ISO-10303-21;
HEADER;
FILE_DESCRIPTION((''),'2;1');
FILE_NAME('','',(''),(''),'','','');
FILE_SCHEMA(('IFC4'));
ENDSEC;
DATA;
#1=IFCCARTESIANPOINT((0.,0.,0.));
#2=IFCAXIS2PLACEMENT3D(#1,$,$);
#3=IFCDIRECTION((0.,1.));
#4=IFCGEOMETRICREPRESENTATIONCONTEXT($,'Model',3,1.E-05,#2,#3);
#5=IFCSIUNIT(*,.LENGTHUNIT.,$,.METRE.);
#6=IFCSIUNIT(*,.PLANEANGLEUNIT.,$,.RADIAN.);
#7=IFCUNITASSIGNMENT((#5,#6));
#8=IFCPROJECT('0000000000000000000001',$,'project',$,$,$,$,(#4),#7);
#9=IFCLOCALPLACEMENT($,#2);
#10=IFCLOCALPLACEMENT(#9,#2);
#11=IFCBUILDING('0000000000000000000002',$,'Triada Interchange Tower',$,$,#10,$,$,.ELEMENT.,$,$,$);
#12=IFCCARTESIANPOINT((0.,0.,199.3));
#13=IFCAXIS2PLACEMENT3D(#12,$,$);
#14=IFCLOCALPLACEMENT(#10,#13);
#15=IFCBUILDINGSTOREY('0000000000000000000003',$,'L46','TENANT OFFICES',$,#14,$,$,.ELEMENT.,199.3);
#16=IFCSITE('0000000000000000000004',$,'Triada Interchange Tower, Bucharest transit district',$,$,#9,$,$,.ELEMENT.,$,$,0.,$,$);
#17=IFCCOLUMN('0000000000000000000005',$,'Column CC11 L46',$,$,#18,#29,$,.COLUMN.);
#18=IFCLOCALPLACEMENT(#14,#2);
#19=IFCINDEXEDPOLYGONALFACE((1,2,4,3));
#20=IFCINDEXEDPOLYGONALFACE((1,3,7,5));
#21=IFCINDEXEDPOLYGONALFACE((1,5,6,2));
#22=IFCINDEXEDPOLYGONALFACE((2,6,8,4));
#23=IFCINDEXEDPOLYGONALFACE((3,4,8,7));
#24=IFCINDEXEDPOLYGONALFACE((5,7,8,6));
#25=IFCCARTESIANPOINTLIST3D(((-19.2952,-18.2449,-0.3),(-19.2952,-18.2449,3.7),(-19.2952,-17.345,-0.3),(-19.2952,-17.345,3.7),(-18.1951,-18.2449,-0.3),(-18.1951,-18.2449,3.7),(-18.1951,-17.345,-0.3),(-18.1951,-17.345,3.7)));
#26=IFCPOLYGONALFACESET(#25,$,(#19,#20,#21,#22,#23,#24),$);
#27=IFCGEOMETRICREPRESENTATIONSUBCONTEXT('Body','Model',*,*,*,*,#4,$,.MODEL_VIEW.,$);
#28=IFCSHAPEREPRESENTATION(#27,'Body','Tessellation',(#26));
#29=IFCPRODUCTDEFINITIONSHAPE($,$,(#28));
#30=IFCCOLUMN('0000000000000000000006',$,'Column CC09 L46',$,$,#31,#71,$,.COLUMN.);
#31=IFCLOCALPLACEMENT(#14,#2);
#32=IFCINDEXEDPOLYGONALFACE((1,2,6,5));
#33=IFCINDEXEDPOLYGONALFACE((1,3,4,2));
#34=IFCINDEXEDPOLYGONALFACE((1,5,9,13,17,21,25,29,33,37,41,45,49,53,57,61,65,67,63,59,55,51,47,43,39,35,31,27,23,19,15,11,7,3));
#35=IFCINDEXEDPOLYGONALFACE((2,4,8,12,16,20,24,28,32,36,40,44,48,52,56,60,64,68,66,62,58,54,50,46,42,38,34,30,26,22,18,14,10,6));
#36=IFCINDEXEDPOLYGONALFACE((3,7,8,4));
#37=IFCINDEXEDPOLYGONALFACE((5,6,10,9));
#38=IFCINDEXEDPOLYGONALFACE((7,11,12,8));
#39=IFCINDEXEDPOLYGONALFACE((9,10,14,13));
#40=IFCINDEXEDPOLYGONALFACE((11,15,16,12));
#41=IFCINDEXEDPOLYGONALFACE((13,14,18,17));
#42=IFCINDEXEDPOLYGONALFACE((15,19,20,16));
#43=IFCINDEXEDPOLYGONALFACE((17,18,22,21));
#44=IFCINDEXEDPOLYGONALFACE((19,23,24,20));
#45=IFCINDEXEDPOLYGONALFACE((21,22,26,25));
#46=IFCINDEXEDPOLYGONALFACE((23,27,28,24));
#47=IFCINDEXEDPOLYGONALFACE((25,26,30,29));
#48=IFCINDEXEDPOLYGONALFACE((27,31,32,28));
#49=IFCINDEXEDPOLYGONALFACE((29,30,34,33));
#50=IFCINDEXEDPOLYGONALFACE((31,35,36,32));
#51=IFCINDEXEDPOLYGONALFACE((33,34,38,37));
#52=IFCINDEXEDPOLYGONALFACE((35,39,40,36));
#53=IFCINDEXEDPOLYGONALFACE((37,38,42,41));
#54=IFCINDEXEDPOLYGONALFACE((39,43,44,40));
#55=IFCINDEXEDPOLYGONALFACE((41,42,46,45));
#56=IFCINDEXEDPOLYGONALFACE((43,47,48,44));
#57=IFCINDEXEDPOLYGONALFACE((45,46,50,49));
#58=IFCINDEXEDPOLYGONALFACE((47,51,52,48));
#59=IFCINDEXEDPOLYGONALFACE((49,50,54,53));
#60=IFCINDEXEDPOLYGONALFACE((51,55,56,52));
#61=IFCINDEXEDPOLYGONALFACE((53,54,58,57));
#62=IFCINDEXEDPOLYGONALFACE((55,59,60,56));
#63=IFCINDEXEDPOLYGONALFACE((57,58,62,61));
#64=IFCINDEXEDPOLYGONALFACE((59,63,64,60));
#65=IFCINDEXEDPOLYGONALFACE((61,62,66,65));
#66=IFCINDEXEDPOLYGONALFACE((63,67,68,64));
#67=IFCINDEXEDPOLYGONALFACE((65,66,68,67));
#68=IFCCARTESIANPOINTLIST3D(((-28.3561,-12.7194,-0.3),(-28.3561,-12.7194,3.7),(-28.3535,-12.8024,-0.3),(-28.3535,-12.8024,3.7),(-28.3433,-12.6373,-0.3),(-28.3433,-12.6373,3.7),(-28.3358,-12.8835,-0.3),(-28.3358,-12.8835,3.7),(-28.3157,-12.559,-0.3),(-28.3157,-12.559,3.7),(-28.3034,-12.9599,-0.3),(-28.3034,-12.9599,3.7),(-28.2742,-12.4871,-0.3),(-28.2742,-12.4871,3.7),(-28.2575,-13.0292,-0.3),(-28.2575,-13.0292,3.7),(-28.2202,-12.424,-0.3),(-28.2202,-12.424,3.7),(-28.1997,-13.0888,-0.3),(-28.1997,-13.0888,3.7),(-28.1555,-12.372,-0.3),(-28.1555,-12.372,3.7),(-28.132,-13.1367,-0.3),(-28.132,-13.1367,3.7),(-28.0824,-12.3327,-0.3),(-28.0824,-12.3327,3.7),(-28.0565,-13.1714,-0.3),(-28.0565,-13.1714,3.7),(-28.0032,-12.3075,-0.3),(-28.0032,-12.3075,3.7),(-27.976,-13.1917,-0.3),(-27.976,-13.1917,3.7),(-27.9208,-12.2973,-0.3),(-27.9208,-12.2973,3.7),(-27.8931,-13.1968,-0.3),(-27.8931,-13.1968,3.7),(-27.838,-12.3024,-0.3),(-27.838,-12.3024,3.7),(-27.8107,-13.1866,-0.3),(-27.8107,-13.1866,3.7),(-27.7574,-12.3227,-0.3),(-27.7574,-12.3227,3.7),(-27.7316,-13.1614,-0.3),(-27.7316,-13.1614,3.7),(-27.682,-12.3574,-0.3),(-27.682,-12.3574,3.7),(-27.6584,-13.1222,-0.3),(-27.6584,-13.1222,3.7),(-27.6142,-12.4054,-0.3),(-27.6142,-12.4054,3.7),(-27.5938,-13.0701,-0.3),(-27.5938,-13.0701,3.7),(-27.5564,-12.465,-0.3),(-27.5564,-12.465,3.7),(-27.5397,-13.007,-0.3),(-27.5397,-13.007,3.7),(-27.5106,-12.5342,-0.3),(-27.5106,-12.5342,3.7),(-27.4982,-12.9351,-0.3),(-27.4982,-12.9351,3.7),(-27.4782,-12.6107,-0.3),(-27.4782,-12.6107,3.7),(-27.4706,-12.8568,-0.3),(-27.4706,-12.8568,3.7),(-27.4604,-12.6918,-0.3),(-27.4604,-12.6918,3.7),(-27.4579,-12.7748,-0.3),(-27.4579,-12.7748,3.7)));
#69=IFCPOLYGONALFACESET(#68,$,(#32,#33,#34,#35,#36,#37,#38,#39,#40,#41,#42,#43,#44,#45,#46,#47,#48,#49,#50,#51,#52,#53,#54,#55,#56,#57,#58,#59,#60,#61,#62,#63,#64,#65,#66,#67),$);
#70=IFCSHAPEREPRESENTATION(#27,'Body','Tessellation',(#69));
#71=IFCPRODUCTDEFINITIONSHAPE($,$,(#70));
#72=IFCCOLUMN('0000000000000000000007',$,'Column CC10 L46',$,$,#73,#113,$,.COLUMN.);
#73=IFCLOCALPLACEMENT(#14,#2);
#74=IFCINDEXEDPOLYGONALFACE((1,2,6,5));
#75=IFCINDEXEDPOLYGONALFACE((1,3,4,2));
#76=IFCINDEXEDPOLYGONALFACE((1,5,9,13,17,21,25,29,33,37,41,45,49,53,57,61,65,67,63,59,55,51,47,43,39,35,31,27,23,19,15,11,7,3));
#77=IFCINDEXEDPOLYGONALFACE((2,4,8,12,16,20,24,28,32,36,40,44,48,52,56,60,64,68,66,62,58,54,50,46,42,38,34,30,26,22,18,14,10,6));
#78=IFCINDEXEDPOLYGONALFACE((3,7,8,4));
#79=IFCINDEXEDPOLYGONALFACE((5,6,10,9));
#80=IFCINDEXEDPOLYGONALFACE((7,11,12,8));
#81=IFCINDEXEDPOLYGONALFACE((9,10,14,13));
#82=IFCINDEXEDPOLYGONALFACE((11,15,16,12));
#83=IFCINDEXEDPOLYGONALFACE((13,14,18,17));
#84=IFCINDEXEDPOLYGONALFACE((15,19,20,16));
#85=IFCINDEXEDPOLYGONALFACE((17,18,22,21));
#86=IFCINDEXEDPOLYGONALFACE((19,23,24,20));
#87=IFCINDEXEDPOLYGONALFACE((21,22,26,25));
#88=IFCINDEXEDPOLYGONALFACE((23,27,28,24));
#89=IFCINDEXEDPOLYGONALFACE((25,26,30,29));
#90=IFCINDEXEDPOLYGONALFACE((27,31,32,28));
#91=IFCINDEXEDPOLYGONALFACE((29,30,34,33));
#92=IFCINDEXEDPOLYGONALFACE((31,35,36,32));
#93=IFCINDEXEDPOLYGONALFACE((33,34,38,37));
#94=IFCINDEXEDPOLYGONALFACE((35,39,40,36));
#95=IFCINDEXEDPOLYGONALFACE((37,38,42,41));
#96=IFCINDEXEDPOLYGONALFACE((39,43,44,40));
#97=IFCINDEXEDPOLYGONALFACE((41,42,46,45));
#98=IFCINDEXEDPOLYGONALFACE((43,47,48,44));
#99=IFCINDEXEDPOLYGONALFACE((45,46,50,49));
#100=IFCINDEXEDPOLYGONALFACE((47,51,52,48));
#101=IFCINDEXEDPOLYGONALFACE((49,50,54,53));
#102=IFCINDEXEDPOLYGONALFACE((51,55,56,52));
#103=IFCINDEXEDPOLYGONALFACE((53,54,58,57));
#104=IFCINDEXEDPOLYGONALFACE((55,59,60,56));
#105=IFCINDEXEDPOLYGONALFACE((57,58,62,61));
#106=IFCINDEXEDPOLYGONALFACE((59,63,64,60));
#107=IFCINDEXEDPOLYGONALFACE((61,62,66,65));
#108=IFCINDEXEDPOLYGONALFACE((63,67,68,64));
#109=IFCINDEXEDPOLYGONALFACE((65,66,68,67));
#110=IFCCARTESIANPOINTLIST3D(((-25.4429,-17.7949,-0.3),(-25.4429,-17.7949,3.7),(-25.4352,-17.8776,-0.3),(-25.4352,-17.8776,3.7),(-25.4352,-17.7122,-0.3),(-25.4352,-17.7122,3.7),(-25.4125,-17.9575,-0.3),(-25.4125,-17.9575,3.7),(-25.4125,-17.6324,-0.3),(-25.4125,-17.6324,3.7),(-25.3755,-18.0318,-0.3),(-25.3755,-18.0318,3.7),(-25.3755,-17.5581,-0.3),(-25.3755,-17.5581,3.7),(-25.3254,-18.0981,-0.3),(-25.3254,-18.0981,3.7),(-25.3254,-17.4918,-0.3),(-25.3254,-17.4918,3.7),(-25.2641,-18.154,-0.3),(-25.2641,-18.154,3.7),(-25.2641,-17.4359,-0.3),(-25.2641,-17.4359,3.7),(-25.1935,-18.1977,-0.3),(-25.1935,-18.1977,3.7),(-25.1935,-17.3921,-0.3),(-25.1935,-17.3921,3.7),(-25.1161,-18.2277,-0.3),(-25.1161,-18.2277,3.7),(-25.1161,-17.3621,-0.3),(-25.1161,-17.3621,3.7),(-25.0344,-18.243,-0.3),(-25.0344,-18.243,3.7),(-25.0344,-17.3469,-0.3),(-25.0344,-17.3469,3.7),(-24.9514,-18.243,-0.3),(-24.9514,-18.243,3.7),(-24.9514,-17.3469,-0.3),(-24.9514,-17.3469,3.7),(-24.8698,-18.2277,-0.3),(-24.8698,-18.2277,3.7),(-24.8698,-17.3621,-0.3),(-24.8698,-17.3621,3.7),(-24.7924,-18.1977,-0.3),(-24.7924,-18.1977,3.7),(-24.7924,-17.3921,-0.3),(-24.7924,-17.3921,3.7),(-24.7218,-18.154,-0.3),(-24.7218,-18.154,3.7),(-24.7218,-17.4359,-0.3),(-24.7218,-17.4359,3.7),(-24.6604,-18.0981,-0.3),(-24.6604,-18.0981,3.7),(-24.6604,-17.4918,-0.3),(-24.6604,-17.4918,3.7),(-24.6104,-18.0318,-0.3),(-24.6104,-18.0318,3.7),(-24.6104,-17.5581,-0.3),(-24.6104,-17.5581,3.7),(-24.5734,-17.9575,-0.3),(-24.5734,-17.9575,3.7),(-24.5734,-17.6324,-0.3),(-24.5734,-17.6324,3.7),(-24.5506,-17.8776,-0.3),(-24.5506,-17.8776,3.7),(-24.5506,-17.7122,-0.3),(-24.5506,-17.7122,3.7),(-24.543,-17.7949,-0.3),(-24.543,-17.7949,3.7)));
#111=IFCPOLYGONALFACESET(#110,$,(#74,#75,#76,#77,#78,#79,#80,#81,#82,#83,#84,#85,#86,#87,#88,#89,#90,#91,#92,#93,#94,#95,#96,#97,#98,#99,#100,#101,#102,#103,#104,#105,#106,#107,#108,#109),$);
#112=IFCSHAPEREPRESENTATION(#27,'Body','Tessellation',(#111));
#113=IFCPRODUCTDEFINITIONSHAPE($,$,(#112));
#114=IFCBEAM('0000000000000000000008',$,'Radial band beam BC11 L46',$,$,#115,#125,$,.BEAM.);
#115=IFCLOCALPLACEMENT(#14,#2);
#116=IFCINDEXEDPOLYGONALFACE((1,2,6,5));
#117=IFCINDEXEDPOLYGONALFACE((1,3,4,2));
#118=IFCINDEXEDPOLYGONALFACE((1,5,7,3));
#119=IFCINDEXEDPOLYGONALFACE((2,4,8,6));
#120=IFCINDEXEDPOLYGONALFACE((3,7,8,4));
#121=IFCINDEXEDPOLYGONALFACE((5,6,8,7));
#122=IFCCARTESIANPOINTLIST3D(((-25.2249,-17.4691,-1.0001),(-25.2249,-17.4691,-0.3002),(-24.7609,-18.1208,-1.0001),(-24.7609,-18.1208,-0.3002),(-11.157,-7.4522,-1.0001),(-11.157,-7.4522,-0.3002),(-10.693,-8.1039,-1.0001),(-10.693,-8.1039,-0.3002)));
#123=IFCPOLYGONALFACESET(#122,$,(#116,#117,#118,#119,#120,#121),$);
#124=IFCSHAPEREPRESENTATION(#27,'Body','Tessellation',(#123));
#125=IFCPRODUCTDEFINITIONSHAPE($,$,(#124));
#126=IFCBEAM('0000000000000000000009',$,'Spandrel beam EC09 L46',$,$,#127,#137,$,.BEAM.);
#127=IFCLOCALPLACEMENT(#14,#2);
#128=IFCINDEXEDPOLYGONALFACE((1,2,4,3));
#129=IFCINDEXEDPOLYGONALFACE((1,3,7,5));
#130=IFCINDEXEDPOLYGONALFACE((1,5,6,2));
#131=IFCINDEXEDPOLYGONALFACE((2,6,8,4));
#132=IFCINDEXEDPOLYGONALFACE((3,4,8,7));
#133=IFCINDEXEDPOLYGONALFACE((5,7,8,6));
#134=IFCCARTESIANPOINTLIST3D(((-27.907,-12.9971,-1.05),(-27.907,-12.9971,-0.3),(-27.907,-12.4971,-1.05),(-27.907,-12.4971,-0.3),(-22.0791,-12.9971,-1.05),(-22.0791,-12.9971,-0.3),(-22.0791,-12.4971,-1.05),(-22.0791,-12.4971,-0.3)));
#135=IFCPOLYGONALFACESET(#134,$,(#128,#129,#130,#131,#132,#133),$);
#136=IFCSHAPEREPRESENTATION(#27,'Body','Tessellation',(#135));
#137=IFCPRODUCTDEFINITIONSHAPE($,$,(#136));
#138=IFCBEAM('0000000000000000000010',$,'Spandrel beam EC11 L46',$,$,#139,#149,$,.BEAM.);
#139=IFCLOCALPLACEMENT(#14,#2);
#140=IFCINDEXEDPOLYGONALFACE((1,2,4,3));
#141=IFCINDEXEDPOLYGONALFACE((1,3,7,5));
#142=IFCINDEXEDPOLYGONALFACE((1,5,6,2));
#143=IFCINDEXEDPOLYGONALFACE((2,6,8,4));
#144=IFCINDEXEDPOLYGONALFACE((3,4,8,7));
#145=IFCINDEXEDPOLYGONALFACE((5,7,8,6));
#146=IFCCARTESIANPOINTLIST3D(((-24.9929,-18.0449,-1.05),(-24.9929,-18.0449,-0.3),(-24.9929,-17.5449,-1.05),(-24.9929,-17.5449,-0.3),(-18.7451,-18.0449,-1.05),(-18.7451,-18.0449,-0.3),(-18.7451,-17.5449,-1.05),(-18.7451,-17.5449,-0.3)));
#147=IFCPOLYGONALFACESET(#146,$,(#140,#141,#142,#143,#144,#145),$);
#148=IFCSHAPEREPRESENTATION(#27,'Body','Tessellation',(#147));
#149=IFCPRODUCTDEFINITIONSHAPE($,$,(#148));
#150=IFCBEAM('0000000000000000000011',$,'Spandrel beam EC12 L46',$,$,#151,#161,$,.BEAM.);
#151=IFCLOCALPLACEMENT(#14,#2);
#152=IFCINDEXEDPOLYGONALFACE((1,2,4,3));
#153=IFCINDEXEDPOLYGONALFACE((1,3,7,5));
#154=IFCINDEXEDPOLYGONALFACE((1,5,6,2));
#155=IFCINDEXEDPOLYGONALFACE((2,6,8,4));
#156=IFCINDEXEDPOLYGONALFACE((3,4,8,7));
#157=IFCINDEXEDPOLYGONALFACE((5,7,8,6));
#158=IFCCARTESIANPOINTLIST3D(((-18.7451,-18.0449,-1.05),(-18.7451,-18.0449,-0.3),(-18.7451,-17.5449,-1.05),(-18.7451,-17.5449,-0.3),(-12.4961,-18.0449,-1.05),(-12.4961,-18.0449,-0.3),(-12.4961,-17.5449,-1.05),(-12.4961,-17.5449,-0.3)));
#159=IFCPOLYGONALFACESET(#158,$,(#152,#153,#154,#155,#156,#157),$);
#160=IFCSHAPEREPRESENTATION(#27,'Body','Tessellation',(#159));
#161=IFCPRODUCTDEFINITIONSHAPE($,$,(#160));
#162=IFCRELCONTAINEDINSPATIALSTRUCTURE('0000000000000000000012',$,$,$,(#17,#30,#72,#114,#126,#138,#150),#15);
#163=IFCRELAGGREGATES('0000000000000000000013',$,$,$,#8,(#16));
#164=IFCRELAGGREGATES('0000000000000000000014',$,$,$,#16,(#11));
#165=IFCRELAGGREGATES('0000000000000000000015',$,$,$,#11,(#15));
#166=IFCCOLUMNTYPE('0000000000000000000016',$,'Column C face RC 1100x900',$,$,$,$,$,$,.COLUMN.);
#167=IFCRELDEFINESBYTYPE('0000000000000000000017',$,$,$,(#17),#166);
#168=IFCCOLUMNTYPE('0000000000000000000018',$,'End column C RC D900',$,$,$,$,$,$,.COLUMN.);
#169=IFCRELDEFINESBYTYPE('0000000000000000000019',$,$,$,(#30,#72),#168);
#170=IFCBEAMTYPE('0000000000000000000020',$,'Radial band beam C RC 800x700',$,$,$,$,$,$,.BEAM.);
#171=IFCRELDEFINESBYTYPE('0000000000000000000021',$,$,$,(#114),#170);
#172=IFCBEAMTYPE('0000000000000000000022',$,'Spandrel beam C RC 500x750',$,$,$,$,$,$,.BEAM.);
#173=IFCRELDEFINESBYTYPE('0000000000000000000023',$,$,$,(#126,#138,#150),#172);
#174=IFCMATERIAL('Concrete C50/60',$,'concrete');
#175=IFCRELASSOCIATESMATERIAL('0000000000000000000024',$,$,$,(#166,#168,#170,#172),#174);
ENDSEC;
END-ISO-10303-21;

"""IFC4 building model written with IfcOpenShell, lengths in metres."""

from ifc_helpers import new_model, si_unit, direction, frame, origin, origin_2d, place, context, subcontext, project, spatial, rectangle, circle, extrude, material, material_profile, profile_set, type_object, element, save


model = new_model("IFC4")

# Units and contexts
model_context = context("Model", 3, precision=1e-05, world=origin(), true_north=direction((0.0, 1.0)))
body_context = subcontext(model_context, "Body", "Model", "MODEL_VIEW")
ifc_project = project(units=[si_unit("LENGTHUNIT", "METRE"), si_unit("PLANEANGLEUNIT", "RADIAN")], contexts=[model_context])

# Site, building, storey
site_placement = place(None, origin())
site = spatial("IfcSite", under=ifc_project, at=site_placement, Name="Triada Interchange Tower, Bucharest transit district", CompositionType="ELEMENT", RefElevation=0.0)
building_placement = place(site_placement, origin())
building = spatial("IfcBuilding", under=site, at=building_placement, Name="Triada Interchange Tower", CompositionType="ELEMENT")
storey_placement = place(building_placement, frame((0.0, 0.0, 199.3)))
storey = spatial("IfcBuildingStorey", under=building, at=storey_placement, Name="L46", Description="TENANT OFFICES", CompositionType="ELEMENT", Elevation=199.3)

# Columns
ifc_material_1 = material(Name="Concrete C50/60", Category="concrete")
ifc_material_profile_1 = material_profile(ifc_material_1, rectangle(XDim=1.1001, YDim=0.8999, at=origin_2d()), Name="RC 1100x900")
ifc_profile_set_1 = profile_set([ifc_material_profile_1], Name="Concrete C50/60")
column_type_1 = type_object("IfcColumnType", Name="Column C face RC 1100x900", PredefinedType="COLUMN", material=ifc_profile_set_1)
column_placement = place(storey_placement, frame((-18.7451, -17.7949, -0.3), z_axis=(0.0, 0.0, 1.0), x_axis=(1.0, 0.0, 0.0)))
element("IfcColumn", 1, at=column_placement, inside=storey, type_object=column_type_1, Name="Column CC11 L46", PredefinedType="COLUMN", context=body_context, shape_type="SweptSolid", body=[
    extrude(rectangle(XDim=1.1001, YDim=0.8999, at=origin_2d()), origin(), (0.0, 0.0, 1.0), 4.0),
])
ifc_material_profile_2 = material_profile(ifc_material_1, circle(Radius=0.45, at=origin_2d()), Name="RC D900")
ifc_profile_set_2 = profile_set([ifc_material_profile_2], Name="Concrete C50/60")
column_type_2 = type_object("IfcColumnType", Name="End column C RC D900", PredefinedType="COLUMN", material=ifc_profile_set_2)
for number, where, z_axis, x_axis, name in (
    (2, (-27.907, -12.7471, -0.3), (0.0, 0.0, 1.0), (0.5, 0.866025, 0.0), "Column CC09 L46"),
    (3, (-24.9929, -17.7949, -0.3), (0.0, 0.0, 1.0), (1.0, 0.0, 0.0), "Column CC10 L46"),
):
    element("IfcColumn", number, at=place(storey_placement, frame(where, z_axis=z_axis, x_axis=x_axis)), inside=storey, type_object=column_type_2, Name=name, PredefinedType="COLUMN", context=body_context, shape_type="SweptSolid", body=[
        extrude(circle(Radius=0.45, at=origin_2d()), origin(), (0.0, 0.0, 1.0), 4.0),
    ])

# Beams
ifc_material_profile_3 = material_profile(ifc_material_1, rectangle(XDim=0.8, YDim=0.7, at=origin_2d()), Name="RC 800x700")
ifc_profile_set_3 = profile_set([ifc_material_profile_3], Name="Concrete C50/60")
beam_type_1 = type_object("IfcBeamType", Name="Radial band beam C RC 800x700", PredefinedType="BEAM", material=ifc_profile_set_3)
beam_1_placement = place(storey_placement, frame((-24.9929, -17.7949, -0.6501), z_axis=(0.814599, 0.580025, 0.0), x_axis=(-0.580025, 0.814599, 0.0)))
element("IfcBeam", 4, at=beam_1_placement, inside=storey, type_object=beam_type_1, Name="Radial band beam BC11 L46", PredefinedType="BEAM", context=body_context, shape_type="SweptSolid", body=[
    extrude(rectangle(XDim=0.8, YDim=0.7, at=origin_2d()), origin(), (0.0, 0.0, 1.0), 17.2698),
])
ifc_material_profile_4 = material_profile(ifc_material_1, rectangle(XDim=0.5, YDim=0.75, at=origin_2d()), Name="RC 500x750")
ifc_profile_set_4 = profile_set([ifc_material_profile_4], Name="Concrete C50/60")
beam_type_2 = type_object("IfcBeamType", Name="Spandrel beam C RC 500x750", PredefinedType="BEAM", material=ifc_profile_set_4)
beam_2_placement = place(storey_placement, frame((-27.907, -12.7471, -0.675), z_axis=(1.0, 0.0, 0.0), x_axis=(0.0, 1.0, 0.0)))
element("IfcBeam", 5, at=beam_2_placement, inside=storey, type_object=beam_type_2, Name="Spandrel beam EC09 L46", PredefinedType="BEAM", context=body_context, shape_type="SweptSolid", body=[
    extrude(rectangle(XDim=0.5, YDim=0.75, at=origin_2d()), origin(), (0.0, 0.0, 1.0), 5.8279),
])
beam_3_placement = place(storey_placement, frame((-24.9929, -17.7949, -0.675), z_axis=(1.0, 0.0, 0.0), x_axis=(0.0, 1.0, 0.0)))
element("IfcBeam", 6, at=beam_3_placement, inside=storey, type_object=beam_type_2, Name="Spandrel beam EC11 L46", PredefinedType="BEAM", context=body_context, shape_type="SweptSolid", body=[
    extrude(rectangle(XDim=0.5, YDim=0.75, at=origin_2d()), origin(), (0.0, 0.0, 1.0), 6.2478),
])
beam_4_placement = place(storey_placement, frame((-18.7451, -17.7949, -0.675), z_axis=(1.0, 0.0, 0.0), x_axis=(0.0, 1.0, 0.0)))
element("IfcBeam", 7, at=beam_4_placement, inside=storey, type_object=beam_type_2, Name="Spandrel beam EC12 L46", PredefinedType="BEAM", context=body_context, shape_type="SweptSolid", body=[
    extrude(rectangle(XDim=0.5, YDim=0.75, at=origin_2d()), origin(), (0.0, 0.0, 1.0), 6.249),
])

save(model, "model.ifc")
